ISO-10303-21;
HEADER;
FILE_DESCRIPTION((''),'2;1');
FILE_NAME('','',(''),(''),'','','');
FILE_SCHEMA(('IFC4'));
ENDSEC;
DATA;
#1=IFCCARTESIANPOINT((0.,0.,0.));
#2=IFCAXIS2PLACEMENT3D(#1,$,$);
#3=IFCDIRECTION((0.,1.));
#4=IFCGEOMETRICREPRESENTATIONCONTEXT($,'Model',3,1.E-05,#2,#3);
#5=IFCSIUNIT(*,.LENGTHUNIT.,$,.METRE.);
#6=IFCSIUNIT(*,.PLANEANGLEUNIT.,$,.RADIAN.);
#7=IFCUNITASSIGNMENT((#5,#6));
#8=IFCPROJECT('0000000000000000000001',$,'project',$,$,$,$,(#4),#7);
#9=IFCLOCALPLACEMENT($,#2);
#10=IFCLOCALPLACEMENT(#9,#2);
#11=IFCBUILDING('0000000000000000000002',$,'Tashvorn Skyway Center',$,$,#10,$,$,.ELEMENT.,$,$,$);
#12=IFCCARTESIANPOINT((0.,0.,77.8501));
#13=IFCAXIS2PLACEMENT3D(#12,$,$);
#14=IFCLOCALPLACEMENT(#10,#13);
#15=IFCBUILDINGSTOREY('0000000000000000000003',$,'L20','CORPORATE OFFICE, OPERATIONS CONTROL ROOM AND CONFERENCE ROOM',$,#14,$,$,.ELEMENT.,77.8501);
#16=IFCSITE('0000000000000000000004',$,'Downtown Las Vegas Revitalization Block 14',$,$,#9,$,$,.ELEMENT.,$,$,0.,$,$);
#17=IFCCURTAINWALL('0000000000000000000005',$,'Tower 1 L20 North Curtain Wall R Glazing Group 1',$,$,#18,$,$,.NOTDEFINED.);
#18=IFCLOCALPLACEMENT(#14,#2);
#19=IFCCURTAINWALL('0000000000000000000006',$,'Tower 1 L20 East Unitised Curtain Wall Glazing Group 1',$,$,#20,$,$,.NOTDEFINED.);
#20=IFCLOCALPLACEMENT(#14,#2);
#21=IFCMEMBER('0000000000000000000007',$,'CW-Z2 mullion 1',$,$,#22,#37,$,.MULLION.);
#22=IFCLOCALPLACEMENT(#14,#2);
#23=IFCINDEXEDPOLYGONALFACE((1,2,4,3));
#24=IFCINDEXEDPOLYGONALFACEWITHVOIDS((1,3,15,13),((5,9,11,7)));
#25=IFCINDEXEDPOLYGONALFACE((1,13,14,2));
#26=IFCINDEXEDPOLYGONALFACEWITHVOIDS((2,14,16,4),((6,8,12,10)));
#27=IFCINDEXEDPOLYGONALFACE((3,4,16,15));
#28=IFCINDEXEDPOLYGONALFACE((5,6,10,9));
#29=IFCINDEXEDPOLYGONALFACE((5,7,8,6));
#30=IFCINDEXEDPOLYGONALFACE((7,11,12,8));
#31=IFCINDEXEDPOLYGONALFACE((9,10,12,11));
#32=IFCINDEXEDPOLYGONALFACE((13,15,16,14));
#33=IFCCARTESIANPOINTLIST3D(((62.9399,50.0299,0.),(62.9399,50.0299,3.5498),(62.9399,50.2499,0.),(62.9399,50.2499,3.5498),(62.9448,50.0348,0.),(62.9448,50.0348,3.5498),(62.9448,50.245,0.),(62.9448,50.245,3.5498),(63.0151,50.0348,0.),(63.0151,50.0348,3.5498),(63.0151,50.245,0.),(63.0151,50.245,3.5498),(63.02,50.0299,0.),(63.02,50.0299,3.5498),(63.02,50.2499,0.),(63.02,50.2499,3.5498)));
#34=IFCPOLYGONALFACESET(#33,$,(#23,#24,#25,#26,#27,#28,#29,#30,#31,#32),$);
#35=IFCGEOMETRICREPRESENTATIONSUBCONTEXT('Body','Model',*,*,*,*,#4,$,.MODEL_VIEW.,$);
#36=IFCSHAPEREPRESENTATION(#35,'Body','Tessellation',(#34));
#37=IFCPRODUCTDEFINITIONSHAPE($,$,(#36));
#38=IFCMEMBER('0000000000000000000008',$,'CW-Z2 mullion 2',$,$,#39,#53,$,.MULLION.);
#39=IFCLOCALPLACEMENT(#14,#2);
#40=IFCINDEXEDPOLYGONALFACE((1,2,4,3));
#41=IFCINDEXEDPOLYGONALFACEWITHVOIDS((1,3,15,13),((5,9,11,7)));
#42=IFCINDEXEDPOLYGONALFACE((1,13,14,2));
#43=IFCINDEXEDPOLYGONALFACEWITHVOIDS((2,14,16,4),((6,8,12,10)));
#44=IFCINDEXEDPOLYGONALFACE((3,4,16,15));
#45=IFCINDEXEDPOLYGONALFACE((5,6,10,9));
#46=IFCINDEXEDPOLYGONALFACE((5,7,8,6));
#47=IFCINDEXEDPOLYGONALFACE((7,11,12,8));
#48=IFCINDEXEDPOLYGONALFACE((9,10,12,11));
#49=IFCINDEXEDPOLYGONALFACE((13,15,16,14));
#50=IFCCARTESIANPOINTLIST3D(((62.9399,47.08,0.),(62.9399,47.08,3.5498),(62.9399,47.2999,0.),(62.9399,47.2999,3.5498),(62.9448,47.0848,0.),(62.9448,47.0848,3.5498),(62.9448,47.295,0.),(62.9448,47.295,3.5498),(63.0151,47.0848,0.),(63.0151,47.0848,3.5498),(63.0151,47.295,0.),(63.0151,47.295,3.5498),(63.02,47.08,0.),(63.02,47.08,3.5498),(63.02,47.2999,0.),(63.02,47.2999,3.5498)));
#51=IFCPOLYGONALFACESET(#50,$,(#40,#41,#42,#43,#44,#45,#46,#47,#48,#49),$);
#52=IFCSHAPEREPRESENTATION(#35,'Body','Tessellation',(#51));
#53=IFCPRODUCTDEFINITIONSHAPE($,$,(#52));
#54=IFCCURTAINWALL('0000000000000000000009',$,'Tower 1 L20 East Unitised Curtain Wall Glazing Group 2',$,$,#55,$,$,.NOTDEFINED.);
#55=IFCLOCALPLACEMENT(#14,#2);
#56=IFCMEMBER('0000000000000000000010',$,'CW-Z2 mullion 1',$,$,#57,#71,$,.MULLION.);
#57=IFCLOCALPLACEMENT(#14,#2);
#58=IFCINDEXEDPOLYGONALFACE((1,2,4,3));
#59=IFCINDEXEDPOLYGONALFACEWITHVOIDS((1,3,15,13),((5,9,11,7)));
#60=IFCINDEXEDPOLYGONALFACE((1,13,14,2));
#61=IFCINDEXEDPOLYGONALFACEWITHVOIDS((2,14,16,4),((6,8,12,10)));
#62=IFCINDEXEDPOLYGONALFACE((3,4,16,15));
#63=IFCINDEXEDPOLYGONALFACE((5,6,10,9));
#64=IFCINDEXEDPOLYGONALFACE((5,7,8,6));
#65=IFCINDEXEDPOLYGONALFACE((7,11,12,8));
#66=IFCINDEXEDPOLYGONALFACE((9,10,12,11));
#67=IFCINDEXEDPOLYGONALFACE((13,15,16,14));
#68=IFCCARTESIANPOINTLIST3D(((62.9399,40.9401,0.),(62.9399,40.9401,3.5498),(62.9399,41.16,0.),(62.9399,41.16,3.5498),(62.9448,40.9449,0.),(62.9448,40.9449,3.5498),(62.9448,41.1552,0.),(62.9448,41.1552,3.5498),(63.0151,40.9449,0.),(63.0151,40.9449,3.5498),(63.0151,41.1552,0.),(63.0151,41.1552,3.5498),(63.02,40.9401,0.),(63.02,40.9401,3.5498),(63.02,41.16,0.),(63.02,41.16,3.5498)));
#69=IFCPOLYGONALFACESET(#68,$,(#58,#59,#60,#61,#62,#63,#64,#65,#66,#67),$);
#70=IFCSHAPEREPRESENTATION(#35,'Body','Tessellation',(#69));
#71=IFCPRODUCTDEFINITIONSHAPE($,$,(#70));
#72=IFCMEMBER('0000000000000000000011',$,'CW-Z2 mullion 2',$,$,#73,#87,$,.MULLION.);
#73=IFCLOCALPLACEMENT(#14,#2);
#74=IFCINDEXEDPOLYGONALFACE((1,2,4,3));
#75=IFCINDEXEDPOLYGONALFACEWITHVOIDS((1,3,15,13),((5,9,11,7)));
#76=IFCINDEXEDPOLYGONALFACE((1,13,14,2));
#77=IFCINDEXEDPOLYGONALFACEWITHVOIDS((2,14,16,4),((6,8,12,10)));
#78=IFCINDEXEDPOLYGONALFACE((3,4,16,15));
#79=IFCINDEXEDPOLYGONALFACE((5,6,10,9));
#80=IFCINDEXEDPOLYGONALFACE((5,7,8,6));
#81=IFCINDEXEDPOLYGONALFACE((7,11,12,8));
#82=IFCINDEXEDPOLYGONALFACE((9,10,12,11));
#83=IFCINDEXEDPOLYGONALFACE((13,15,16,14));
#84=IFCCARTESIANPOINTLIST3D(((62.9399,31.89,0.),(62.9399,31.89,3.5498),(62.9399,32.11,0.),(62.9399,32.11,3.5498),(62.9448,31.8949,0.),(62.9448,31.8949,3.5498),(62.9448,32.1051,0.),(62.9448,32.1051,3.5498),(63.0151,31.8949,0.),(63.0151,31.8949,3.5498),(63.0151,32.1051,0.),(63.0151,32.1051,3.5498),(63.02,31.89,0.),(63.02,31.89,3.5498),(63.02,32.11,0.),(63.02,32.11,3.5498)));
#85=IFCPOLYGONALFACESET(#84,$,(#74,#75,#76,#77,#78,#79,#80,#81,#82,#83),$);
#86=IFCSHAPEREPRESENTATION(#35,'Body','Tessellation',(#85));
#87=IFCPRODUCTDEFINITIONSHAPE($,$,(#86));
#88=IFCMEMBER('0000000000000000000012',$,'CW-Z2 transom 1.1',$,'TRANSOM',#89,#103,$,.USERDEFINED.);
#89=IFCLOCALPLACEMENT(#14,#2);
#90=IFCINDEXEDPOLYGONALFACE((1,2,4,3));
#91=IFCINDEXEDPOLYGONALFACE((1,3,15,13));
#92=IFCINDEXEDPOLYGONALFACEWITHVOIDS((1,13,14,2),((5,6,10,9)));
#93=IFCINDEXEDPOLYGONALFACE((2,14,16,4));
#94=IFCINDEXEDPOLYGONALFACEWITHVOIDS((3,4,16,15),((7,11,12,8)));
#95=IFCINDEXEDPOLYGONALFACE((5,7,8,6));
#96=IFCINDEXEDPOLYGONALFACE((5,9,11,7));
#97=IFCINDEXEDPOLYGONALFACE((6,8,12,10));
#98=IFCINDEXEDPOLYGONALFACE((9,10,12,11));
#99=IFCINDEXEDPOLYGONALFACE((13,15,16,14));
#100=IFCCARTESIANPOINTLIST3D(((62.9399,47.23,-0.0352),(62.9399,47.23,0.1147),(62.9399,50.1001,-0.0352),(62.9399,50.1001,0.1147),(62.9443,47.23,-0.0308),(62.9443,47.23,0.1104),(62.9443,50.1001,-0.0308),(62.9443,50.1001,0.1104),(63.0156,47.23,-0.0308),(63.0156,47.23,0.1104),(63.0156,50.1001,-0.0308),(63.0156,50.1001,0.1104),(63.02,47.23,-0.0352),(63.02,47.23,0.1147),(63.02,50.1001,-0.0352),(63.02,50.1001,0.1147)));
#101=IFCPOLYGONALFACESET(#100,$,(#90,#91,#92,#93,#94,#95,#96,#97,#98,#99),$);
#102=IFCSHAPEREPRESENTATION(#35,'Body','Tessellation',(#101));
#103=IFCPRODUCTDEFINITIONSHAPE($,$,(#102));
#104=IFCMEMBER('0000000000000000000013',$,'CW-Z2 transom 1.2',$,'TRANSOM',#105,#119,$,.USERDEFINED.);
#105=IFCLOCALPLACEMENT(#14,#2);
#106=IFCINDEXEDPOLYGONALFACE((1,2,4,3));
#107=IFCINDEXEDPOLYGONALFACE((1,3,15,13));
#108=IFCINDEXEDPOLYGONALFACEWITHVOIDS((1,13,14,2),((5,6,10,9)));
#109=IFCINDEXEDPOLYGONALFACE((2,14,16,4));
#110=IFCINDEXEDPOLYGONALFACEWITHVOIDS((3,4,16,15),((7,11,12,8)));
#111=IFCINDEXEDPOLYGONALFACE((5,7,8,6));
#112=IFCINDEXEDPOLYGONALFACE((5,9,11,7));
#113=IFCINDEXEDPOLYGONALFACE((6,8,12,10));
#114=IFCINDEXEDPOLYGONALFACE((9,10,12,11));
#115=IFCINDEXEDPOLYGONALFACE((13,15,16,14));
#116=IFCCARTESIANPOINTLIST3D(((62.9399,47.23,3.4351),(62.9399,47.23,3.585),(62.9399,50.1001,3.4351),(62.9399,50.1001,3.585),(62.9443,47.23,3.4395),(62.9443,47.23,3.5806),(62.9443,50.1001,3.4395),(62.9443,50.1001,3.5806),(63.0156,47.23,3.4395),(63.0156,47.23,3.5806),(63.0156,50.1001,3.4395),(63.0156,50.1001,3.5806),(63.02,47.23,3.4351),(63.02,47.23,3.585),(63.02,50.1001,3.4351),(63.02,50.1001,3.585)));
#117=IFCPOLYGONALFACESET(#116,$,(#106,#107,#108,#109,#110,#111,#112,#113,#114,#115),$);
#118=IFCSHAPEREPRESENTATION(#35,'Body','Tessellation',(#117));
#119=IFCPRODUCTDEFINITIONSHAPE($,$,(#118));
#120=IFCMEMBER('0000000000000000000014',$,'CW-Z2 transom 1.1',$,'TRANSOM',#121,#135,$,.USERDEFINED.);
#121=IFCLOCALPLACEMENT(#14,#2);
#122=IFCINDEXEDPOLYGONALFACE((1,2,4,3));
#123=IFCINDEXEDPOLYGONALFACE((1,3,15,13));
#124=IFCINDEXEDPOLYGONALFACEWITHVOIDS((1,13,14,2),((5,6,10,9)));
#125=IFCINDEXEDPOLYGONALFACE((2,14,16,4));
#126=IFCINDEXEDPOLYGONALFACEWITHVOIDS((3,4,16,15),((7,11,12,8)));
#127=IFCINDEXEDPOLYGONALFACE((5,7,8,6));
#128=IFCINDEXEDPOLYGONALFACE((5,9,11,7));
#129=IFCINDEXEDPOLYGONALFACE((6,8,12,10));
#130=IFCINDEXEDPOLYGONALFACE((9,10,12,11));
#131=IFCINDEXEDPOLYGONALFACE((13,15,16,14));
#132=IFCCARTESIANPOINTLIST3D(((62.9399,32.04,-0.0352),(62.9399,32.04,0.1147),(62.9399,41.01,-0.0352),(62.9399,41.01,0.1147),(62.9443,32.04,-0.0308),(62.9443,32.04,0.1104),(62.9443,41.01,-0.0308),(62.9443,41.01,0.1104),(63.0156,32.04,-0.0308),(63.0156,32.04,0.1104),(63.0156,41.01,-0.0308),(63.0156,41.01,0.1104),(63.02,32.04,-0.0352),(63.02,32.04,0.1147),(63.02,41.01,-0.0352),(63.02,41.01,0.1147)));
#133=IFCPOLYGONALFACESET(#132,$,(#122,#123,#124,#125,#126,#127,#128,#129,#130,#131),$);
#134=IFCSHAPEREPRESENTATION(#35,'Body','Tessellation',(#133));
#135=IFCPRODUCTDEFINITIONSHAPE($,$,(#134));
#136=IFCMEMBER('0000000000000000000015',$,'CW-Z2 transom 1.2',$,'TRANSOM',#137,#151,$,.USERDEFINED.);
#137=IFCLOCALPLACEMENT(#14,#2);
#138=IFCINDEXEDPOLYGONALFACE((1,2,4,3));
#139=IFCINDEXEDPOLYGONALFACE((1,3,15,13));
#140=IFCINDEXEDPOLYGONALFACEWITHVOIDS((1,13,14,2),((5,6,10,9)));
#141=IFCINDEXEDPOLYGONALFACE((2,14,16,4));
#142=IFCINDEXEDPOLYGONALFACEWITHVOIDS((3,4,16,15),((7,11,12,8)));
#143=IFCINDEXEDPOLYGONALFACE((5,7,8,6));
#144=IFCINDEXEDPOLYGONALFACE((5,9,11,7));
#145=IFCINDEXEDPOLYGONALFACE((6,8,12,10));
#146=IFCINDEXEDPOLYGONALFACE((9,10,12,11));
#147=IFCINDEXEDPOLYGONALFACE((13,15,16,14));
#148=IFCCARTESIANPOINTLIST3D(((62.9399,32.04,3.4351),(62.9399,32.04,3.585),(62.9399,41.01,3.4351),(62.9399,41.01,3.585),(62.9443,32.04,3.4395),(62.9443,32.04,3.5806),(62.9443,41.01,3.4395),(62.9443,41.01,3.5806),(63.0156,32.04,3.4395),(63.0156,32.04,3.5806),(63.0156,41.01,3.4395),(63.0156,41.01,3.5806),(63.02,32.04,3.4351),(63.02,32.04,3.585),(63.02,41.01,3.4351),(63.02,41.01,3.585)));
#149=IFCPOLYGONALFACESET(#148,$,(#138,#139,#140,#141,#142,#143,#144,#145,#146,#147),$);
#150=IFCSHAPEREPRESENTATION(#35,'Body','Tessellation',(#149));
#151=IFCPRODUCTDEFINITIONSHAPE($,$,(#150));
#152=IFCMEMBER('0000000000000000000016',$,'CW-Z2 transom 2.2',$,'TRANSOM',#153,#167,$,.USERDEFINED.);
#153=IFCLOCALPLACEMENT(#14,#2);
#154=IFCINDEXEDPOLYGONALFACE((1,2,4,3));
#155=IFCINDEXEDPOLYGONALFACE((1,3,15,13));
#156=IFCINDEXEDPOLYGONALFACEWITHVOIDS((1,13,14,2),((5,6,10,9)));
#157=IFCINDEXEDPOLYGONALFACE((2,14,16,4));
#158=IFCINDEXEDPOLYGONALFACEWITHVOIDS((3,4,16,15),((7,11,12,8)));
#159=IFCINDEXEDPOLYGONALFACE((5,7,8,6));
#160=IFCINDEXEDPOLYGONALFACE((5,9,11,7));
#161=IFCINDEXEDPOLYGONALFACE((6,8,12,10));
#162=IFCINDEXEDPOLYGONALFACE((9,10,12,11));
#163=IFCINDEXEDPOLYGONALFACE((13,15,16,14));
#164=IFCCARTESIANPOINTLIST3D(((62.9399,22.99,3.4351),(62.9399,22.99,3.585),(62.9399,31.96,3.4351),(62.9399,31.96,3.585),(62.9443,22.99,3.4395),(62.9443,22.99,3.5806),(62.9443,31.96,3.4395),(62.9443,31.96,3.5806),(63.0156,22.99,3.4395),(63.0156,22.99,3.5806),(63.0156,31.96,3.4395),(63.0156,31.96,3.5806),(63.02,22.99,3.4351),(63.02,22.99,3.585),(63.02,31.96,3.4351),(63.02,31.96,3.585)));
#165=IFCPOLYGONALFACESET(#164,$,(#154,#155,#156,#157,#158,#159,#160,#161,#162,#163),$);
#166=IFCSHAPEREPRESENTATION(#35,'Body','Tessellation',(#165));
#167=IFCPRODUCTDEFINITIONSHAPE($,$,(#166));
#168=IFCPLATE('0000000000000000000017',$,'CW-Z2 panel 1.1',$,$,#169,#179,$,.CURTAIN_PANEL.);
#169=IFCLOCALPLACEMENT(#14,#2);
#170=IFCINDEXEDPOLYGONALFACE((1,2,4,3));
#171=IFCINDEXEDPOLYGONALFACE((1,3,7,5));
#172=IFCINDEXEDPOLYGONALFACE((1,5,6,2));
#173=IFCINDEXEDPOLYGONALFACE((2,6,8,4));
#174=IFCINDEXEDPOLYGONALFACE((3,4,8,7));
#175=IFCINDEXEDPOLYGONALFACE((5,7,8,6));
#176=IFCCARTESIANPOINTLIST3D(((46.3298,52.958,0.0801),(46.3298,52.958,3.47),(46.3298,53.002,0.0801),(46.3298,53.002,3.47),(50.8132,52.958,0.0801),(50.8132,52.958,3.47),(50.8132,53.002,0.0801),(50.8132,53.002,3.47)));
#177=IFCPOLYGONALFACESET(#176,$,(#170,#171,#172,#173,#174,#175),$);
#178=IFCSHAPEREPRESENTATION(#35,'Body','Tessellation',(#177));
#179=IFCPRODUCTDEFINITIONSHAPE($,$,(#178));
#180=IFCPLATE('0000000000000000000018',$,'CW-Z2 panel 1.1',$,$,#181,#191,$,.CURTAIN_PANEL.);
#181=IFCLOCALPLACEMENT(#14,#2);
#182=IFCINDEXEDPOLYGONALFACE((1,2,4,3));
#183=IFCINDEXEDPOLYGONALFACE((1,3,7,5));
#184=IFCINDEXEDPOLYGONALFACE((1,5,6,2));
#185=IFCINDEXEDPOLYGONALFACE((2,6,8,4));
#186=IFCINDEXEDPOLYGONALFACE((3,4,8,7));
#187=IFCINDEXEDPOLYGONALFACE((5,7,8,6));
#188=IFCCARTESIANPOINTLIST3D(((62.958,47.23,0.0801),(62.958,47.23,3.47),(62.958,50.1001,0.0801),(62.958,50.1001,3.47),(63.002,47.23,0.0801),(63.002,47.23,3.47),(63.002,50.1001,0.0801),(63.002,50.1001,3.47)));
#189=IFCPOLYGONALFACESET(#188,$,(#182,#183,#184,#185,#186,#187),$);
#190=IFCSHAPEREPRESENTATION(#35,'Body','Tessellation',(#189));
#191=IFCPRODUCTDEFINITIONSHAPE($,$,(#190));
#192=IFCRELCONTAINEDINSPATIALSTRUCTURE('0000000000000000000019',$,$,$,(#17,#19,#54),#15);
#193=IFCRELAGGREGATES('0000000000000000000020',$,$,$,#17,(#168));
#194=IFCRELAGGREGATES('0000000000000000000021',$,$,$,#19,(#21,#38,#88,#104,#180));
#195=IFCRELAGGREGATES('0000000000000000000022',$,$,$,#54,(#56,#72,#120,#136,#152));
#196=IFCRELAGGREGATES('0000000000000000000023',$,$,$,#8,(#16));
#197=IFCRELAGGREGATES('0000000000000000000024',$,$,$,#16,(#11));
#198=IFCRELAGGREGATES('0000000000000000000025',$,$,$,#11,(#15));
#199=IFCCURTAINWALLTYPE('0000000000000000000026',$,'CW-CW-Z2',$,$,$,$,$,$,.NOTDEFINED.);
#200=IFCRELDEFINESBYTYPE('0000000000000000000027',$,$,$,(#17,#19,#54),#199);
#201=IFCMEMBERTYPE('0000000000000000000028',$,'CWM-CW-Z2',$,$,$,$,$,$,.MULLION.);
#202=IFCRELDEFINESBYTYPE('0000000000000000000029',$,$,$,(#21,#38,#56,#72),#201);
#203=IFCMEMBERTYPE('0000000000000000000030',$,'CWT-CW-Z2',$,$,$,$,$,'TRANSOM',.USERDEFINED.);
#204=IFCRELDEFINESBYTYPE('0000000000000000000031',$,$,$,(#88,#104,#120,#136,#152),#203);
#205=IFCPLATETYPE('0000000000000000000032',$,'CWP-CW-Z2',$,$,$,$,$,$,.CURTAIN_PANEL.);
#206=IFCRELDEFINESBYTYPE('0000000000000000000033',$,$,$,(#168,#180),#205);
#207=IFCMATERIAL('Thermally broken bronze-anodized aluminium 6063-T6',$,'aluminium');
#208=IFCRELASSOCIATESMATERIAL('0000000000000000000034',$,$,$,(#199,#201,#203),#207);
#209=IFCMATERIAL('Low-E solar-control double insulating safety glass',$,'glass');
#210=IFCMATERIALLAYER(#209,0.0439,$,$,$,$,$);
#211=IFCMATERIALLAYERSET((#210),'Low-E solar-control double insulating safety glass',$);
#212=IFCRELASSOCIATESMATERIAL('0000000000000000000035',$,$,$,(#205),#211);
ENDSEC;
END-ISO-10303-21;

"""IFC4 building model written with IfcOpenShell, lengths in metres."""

from ifc_helpers import new_model, si_unit, direction, frame, origin, origin_2d, place, context, subcontext, project, spatial, rectangle, hollow_rectangle, extrude, material, layer, layer_set, material_profile, profile_set, type_object, element, aggregate, save


model = new_model("IFC4")

# Units and contexts
model_context = context("Model", 3, precision=1e-05, world=origin(), true_north=direction((0.0, 1.0)))
body_context = subcontext(model_context, "Body", "Model", "MODEL_VIEW")
ifc_project = project(units=[si_unit("LENGTHUNIT", "METRE"), si_unit("PLANEANGLEUNIT", "RADIAN")], contexts=[model_context])

# Site, building, storey
site_placement = place(None, origin())
site = spatial("IfcSite", under=ifc_project, at=site_placement, Name="Downtown Las Vegas Revitalization Block 14", CompositionType="ELEMENT", RefElevation=0.0)
building_placement = place(site_placement, origin())
building = spatial("IfcBuilding", under=site, at=building_placement, Name="Tashvorn Skyway Center", CompositionType="ELEMENT")
storey_placement = place(building_placement, frame((0.0, 0.0, 77.8501)))
storey = spatial("IfcBuildingStorey", under=building, at=storey_placement, Name="L20", Description="CORPORATE OFFICE, OPERATIONS CONTROL ROOM AND CONFERENCE ROOM", CompositionType="ELEMENT", Elevation=77.8501)

# Curtain wall
ifc_material_1 = material(Name="Thermally broken bronze-anodized aluminium 6063-T6", Category="aluminium")
curtain_wall_type = type_object("IfcCurtainWallType", Name="CW-CW-Z2", PredefinedType="NOTDEFINED", material=ifc_material_1)
curtain_wall_1_placement = place(storey_placement, origin())
curtain_wall_1 = element("IfcCurtainWall", 1, at=curtain_wall_1_placement, inside=storey, type_object=curtain_wall_type, Name="Tower 1 L20 North Curtain Wall R Glazing Group 1", PredefinedType="NOTDEFINED")
ifc_material_profile_1 = material_profile(ifc_material_1, hollow_rectangle(XDim=0.0801, YDim=0.22, WallThickness=0.0049, at=origin_2d()), Name="ALU-MULL-80x220")
ifc_profile_set_1 = profile_set([ifc_material_profile_1], Name="Thermally broken bronze-anodized aluminium 6063-T6")
member_type_1 = type_object("IfcMemberType", Name="CWM-CW-Z2", PredefinedType="MULLION", material=ifc_profile_set_1)

# Curtain walls, members
curtain_wall_2_placement = place(storey_placement, origin())
curtain_wall_2 = element("IfcCurtainWall", 2, at=curtain_wall_2_placement, inside=storey, type_object=curtain_wall_type, Name="Tower 1 L20 East Unitised Curtain Wall Glazing Group 1", PredefinedType="NOTDEFINED")
member_1_placement = place(storey_placement, frame((62.98, 50.1399, 0.0), z_axis=(0.0, 0.0, 1.0), x_axis=(1.0, 0.0, 0.0)))
member_1 = element("IfcMember", 3, at=member_1_placement, type_object=member_type_1, Name="CW-Z2 mullion 1", PredefinedType="MULLION", context=body_context, shape_type="SweptSolid", body=[
    extrude(hollow_rectangle(XDim=0.0801, YDim=0.22, WallThickness=0.0049, at=origin_2d()), origin(), (0.0, 0.0, 1.0), 3.5498),
])
member_2_placement = place(storey_placement, frame((62.98, 47.1899, 0.0), z_axis=(0.0, 0.0, 1.0), x_axis=(1.0, 0.0, 0.0)))
member_2 = element("IfcMember", 4, at=member_2_placement, type_object=member_type_1, Name="CW-Z2 mullion 2", PredefinedType="MULLION", context=body_context, shape_type="SweptSolid", body=[
    extrude(hollow_rectangle(XDim=0.0801, YDim=0.22, WallThickness=0.0049, at=origin_2d()), origin(), (0.0, 0.0, 1.0), 3.5498),
])
curtain_wall_3_placement = place(storey_placement, origin())
curtain_wall_3 = element("IfcCurtainWall", 5, at=curtain_wall_3_placement, inside=storey, type_object=curtain_wall_type, Name="Tower 1 L20 East Unitised Curtain Wall Glazing Group 2", PredefinedType="NOTDEFINED")
member_3_placement = place(storey_placement, frame((62.98, 41.05, 0.0), z_axis=(0.0, 0.0, 1.0), x_axis=(1.0, 0.0, 0.0)))
member_3 = element("IfcMember", 6, at=member_3_placement, type_object=member_type_1, Name="CW-Z2 mullion 1", PredefinedType="MULLION", context=body_context, shape_type="SweptSolid", body=[
    extrude(hollow_rectangle(XDim=0.0801, YDim=0.22, WallThickness=0.0049, at=origin_2d()), origin(), (0.0, 0.0, 1.0), 3.5498),
])
member_4_placement = place(storey_placement, frame((62.98, 32.0, 0.0), z_axis=(0.0, 0.0, 1.0), x_axis=(1.0, 0.0, 0.0)))
member_4 = element("IfcMember", 7, at=member_4_placement, type_object=member_type_1, Name="CW-Z2 mullion 2", PredefinedType="MULLION", context=body_context, shape_type="SweptSolid", body=[
    extrude(hollow_rectangle(XDim=0.0801, YDim=0.22, WallThickness=0.0049, at=origin_2d()), origin(), (0.0, 0.0, 1.0), 3.5498),
])

# Members
ifc_material_profile_2 = material_profile(ifc_material_1, hollow_rectangle(XDim=0.0801, YDim=0.1499, WallThickness=0.0044, at=origin_2d()), Name="ALU-TRAN-80x150")
ifc_profile_set_2 = profile_set([ifc_material_profile_2], Name="Thermally broken bronze-anodized aluminium 6063-T6")
member_type_2 = type_object("IfcMemberType", Name="CWT-CW-Z2", ElementType="TRANSOM", PredefinedType="USERDEFINED", material=ifc_profile_set_2)
member_5_placement = place(storey_placement, frame((62.98, 50.1001, 0.0398), z_axis=(0.0, -1.0, 0.0), x_axis=(1.0, 0.0, 0.0)))
member_5 = element("IfcMember", 8, at=member_5_placement, type_object=member_type_2, Name="CW-Z2 transom 1.1", ObjectType="TRANSOM", PredefinedType="USERDEFINED", context=body_context, shape_type="SweptSolid", body=[
    extrude(hollow_rectangle(XDim=0.0801, YDim=0.1499, WallThickness=0.0044, at=origin_2d()), origin(), (0.0, 0.0, 1.0), 2.8701),
])
member_6_placement = place(storey_placement, frame((62.98, 50.1001, 3.51), z_axis=(0.0, -1.0, 0.0), x_axis=(1.0, 0.0, 0.0)))
member_6 = element("IfcMember", 9, at=member_6_placement, type_object=member_type_2, Name="CW-Z2 transom 1.2", ObjectType="TRANSOM", PredefinedType="USERDEFINED", context=body_context, shape_type="SweptSolid", body=[
    extrude(hollow_rectangle(XDim=0.0801, YDim=0.1499, WallThickness=0.0044, at=origin_2d()), origin(), (0.0, 0.0, 1.0), 2.8701),
])
member_7_placement = place(storey_placement, frame((62.98, 41.01, 0.0398), z_axis=(0.0, -1.0, 0.0), x_axis=(1.0, 0.0, 0.0)))
member_7 = element("IfcMember", 10, at=member_7_placement, type_object=member_type_2, Name="CW-Z2 transom 1.1", ObjectType="TRANSOM", PredefinedType="USERDEFINED", context=body_context, shape_type="SweptSolid", body=[
    extrude(hollow_rectangle(XDim=0.0801, YDim=0.1499, WallThickness=0.0044, at=origin_2d()), origin(), (0.0, 0.0, 1.0), 8.97),
])
member_8_placement = place(storey_placement, frame((62.98, 41.01, 3.51), z_axis=(0.0, -1.0, 0.0), x_axis=(1.0, 0.0, 0.0)))
member_8 = element("IfcMember", 11, at=member_8_placement, type_object=member_type_2, Name="CW-Z2 transom 1.2", ObjectType="TRANSOM", PredefinedType="USERDEFINED", context=body_context, shape_type="SweptSolid", body=[
    extrude(hollow_rectangle(XDim=0.0801, YDim=0.1499, WallThickness=0.0044, at=origin_2d()), origin(), (0.0, 0.0, 1.0), 8.97),
])
member_9_placement = place(storey_placement, frame((62.98, 31.96, 3.51), z_axis=(0.0, -1.0, 0.0), x_axis=(1.0, 0.0, 0.0)))
member_9 = element("IfcMember", 12, at=member_9_placement, type_object=member_type_2, Name="CW-Z2 transom 2.2", ObjectType="TRANSOM", PredefinedType="USERDEFINED", context=body_context, shape_type="SweptSolid", body=[
    extrude(hollow_rectangle(XDim=0.0801, YDim=0.1499, WallThickness=0.0044, at=origin_2d()), origin(), (0.0, 0.0, 1.0), 8.97),
])

# Plates
ifc_material_2 = material(Name="Low-E solar-control double insulating safety glass", Category="glass")
ifc_layer_1 = layer(ifc_material_2, 0.0439)
ifc_layer_set_1 = layer_set([ifc_layer_1], Name="Low-E solar-control double insulating safety glass")
plate_type = type_object("IfcPlateType", Name="CWP-CW-Z2", PredefinedType="CURTAIN_PANEL", material=ifc_layer_set_1)
plate_1_placement = place(storey_placement, frame((48.5715, 52.98, 0.0801), z_axis=(0.0, 0.0, 1.0), x_axis=(1.0, 0.0, 0.0)))
plate_1 = element("IfcPlate", 13, at=plate_1_placement, type_object=plate_type, Name="CW-Z2 panel 1.1", PredefinedType="CURTAIN_PANEL", context=body_context, shape_type="SweptSolid", body=[
    extrude(rectangle(XDim=4.4834, YDim=0.0439, at=origin_2d()), origin(), (0.0, 0.0, 1.0), 3.3899),
])
aggregate(curtain_wall_1, [plate_1])
plate_2_placement = place(storey_placement, frame((62.98, 48.665, 0.0801), z_axis=(0.0, 0.0, 1.0), x_axis=(0.0, -1.0, 0.0)))
plate_2 = element("IfcPlate", 14, at=plate_2_placement, type_object=plate_type, Name="CW-Z2 panel 1.1", PredefinedType="CURTAIN_PANEL", context=body_context, shape_type="SweptSolid", body=[
    extrude(rectangle(XDim=2.8701, YDim=0.0439, at=origin_2d()), origin(), (0.0, 0.0, 1.0), 3.3899),
])
aggregate(curtain_wall_2, [member_1, member_2, member_5, member_6, plate_2])
aggregate(curtain_wall_3, [member_3, member_4, member_7, member_8, member_9])

save(model, "model.ifc")
